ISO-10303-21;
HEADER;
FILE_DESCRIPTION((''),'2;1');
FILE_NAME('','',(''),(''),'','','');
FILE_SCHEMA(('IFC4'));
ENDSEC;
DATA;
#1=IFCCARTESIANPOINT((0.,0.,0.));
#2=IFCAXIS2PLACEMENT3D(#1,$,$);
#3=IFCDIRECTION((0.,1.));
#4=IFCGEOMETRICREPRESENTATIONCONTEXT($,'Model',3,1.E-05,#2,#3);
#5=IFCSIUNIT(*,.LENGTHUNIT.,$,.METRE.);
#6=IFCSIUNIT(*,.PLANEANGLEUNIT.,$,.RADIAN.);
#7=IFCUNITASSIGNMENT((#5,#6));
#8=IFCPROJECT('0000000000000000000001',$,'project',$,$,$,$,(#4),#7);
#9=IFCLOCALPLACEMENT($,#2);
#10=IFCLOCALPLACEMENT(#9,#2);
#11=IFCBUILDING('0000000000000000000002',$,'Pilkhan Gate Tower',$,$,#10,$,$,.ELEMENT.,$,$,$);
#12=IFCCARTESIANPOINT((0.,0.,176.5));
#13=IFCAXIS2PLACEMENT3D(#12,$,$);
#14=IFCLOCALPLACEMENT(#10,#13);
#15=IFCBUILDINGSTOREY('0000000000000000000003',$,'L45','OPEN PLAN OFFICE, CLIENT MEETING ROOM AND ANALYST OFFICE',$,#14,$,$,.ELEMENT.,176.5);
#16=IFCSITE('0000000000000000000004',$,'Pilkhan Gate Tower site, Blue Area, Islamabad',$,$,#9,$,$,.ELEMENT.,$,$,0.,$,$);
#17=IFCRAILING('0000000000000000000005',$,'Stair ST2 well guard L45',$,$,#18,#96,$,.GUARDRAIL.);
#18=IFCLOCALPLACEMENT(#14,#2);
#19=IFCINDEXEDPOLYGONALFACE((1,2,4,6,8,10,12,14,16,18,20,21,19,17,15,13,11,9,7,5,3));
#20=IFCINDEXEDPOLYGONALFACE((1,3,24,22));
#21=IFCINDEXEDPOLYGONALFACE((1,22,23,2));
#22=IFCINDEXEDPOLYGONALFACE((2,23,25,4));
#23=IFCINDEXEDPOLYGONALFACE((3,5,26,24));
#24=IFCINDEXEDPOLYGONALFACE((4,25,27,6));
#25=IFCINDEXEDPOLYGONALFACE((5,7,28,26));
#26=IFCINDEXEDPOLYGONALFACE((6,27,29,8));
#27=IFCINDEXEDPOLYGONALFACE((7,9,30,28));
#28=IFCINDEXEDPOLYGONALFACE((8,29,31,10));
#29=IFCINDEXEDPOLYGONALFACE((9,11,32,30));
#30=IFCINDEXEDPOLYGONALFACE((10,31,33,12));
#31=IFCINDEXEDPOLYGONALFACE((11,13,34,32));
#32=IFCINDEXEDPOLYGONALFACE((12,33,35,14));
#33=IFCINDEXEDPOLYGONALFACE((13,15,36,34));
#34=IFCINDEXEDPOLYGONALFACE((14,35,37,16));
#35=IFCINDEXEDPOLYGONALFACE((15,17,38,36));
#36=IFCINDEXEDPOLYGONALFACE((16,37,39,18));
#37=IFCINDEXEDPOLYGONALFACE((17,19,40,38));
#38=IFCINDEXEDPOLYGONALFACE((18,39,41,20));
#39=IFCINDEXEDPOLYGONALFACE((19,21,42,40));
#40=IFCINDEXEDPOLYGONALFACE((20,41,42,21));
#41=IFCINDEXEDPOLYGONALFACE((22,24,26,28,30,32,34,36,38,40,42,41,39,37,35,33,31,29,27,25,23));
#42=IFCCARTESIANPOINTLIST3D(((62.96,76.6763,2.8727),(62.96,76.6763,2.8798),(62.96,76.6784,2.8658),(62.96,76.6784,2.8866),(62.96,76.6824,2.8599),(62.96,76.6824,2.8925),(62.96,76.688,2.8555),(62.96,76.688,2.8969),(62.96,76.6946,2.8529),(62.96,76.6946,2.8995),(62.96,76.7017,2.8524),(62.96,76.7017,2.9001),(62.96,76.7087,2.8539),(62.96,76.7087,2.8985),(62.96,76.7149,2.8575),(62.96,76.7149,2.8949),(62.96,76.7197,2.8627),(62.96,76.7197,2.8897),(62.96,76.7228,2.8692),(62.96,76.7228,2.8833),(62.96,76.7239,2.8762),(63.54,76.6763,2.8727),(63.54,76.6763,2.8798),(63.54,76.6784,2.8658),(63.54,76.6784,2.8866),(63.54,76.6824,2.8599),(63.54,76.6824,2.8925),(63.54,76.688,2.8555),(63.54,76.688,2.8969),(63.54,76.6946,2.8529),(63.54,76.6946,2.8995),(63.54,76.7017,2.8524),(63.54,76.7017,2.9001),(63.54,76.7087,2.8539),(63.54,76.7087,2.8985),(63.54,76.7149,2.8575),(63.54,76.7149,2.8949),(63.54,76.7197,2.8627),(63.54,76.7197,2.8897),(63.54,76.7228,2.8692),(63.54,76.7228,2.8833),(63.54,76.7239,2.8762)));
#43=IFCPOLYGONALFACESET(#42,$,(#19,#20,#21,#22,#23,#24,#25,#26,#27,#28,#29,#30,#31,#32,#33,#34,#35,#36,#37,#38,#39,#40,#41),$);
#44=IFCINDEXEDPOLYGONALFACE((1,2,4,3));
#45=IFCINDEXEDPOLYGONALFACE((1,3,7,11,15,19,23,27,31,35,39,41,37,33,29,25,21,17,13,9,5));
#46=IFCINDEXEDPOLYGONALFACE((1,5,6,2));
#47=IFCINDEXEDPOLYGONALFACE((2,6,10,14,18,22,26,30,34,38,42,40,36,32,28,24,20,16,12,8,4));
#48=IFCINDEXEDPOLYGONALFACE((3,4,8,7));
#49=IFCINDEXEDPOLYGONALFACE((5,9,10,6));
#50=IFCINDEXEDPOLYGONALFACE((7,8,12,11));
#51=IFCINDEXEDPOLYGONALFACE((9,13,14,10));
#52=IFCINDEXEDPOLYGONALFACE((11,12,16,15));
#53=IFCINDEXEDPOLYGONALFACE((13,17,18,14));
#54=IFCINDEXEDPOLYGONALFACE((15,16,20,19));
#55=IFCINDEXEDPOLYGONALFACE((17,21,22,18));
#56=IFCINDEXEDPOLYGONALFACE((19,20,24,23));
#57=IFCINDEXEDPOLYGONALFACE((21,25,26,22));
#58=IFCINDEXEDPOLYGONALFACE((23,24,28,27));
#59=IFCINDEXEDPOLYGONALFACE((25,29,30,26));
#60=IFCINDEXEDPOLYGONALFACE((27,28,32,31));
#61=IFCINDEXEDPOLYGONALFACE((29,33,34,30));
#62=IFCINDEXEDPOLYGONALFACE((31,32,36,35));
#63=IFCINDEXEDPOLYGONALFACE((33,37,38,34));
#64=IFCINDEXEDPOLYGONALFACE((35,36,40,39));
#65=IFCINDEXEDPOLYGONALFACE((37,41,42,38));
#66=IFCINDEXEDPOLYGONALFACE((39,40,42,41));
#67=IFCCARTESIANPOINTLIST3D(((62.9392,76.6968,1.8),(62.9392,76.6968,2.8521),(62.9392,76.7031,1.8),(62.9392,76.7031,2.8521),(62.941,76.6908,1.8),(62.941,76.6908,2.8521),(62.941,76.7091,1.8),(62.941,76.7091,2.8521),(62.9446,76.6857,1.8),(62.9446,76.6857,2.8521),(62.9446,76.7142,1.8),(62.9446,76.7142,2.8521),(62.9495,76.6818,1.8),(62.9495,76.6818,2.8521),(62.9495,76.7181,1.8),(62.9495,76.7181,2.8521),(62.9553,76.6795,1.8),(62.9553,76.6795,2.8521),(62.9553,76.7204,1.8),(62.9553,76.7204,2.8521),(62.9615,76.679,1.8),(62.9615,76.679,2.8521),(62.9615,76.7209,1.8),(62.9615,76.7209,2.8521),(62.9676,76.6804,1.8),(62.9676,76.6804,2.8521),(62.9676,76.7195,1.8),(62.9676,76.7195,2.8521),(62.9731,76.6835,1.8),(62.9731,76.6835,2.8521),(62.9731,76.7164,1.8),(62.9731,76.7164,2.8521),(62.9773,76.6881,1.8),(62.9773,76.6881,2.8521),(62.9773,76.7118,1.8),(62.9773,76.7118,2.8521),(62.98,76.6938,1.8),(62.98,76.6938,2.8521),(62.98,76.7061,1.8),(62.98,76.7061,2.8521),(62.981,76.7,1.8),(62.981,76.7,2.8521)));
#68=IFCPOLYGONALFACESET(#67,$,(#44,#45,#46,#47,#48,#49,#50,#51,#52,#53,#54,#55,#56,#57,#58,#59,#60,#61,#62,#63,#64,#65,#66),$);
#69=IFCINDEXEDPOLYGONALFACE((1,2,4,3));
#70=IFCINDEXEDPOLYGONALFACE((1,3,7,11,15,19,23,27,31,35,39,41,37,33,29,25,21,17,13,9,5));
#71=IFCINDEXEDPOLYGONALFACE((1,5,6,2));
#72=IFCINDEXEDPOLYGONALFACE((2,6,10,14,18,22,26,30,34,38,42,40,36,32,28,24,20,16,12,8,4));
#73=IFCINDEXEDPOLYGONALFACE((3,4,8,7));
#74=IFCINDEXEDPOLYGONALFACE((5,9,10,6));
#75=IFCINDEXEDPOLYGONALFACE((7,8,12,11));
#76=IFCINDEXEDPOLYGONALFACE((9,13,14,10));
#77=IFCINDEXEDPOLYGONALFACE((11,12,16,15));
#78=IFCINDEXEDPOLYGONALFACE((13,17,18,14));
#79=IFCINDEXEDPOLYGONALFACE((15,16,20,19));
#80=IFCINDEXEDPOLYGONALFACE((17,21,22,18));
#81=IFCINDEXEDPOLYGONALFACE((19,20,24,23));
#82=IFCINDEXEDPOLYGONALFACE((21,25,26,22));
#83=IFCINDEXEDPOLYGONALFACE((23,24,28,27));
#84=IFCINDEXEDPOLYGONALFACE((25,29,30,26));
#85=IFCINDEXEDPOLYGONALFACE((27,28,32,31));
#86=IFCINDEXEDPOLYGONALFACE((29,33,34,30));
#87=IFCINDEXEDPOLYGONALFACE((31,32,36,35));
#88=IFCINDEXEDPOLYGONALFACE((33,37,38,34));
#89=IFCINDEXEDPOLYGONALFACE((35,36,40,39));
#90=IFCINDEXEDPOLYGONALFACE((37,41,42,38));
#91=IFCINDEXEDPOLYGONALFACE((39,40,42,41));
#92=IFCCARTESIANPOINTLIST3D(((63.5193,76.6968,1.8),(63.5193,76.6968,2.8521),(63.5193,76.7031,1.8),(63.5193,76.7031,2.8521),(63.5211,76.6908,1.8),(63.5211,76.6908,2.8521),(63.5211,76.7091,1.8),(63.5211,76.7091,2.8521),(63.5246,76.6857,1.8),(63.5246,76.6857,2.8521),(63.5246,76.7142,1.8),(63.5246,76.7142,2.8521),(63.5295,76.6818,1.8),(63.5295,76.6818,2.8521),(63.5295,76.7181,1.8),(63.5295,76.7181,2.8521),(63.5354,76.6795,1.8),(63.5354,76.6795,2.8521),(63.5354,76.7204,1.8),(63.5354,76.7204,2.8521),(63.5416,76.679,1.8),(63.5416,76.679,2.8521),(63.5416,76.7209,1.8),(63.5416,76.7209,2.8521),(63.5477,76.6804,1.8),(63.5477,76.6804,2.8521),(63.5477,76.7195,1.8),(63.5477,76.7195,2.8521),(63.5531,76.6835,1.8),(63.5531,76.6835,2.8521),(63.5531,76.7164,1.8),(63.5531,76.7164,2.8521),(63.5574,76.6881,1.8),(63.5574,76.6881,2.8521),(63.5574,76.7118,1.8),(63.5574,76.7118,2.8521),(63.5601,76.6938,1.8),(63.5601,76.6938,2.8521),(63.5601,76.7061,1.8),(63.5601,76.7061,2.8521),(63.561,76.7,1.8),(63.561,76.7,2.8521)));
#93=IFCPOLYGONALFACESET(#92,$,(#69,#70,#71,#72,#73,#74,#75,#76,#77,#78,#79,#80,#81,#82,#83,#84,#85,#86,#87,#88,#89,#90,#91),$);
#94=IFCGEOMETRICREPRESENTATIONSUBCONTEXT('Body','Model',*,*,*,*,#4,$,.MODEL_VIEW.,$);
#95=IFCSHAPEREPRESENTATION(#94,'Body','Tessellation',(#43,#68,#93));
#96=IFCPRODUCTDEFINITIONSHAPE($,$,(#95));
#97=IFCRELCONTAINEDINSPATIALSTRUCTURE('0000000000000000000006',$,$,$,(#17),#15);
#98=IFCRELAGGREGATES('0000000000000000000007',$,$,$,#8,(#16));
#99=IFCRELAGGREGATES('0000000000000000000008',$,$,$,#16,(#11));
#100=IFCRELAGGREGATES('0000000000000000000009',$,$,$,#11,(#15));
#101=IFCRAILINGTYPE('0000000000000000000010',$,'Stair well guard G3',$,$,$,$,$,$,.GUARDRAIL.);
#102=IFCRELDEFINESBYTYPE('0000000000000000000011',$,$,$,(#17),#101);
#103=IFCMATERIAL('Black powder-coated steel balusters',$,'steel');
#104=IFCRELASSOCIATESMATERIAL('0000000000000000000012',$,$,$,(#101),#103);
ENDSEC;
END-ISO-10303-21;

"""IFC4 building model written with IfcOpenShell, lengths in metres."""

from ifc_helpers import new_model, si_unit, direction, frame, origin, origin_2d, place, context, subcontext, project, spatial, circle, extrude, material, type_object, element, save


model = new_model("IFC4")

# Units and contexts
model_context = context("Model", 3, precision=1e-05, world=origin(), true_north=direction((0.0, 1.0)))
body_context = subcontext(model_context, "Body", "Model", "MODEL_VIEW")
ifc_project = project(units=[si_unit("LENGTHUNIT", "METRE"), si_unit("PLANEANGLEUNIT", "RADIAN")], contexts=[model_context])

# Site, building, storey
site_placement = place(None, origin())
site = spatial("IfcSite", under=ifc_project, at=site_placement, Name="Pilkhan Gate Tower site, Blue Area, Islamabad", CompositionType="ELEMENT", RefElevation=0.0)
building_placement = place(site_placement, origin())
building = spatial("IfcBuilding", under=site, at=building_placement, Name="Pilkhan Gate Tower", CompositionType="ELEMENT")
storey_placement = place(building_placement, frame((0.0, 0.0, 176.5)))
storey = spatial("IfcBuildingStorey", under=building, at=storey_placement, Name="L45", Description="OPEN PLAN OFFICE, CLIENT MEETING ROOM AND ANALYST OFFICE", CompositionType="ELEMENT", Elevation=176.5)

# Railing
ifc_material_1 = material(Name="Black powder-coated steel balusters", Category="steel")
railing_type_1 = type_object("IfcRailingType", Name="Stair well guard G3", PredefinedType="GUARDRAIL", material=ifc_material_1)
for number, where, name in (
    (1, (62.96, 76.7, 1.8), "Stair ST2 well guard L45"),
):
    element("IfcRailing", number, at=place(storey_placement, frame(where)), inside=storey, type_object=railing_type_1, Name=name, PredefinedType="GUARDRAIL", context=body_context, shape_type="SweptSolid", body=[
        extrude(circle(Radius=0.0239, at=origin_2d()), frame((0.0, 0.0, 1.0762), z_axis=(1.0, 0.0, 0.0), x_axis=(0.0, 1.0, 0.0)), (0.0, 0.0, 1.0), 0.5801),
        extrude(circle(Radius=0.021, at=origin_2d()), origin(), (0.0, 0.0, 1.0), 1.052),
        extrude(circle(Radius=0.021, at=origin_2d()), frame((0.5801, 0.0, 0.0)), (0.0, 0.0, 1.0), 1.052),
    ])

save(model, "model.ifc")
